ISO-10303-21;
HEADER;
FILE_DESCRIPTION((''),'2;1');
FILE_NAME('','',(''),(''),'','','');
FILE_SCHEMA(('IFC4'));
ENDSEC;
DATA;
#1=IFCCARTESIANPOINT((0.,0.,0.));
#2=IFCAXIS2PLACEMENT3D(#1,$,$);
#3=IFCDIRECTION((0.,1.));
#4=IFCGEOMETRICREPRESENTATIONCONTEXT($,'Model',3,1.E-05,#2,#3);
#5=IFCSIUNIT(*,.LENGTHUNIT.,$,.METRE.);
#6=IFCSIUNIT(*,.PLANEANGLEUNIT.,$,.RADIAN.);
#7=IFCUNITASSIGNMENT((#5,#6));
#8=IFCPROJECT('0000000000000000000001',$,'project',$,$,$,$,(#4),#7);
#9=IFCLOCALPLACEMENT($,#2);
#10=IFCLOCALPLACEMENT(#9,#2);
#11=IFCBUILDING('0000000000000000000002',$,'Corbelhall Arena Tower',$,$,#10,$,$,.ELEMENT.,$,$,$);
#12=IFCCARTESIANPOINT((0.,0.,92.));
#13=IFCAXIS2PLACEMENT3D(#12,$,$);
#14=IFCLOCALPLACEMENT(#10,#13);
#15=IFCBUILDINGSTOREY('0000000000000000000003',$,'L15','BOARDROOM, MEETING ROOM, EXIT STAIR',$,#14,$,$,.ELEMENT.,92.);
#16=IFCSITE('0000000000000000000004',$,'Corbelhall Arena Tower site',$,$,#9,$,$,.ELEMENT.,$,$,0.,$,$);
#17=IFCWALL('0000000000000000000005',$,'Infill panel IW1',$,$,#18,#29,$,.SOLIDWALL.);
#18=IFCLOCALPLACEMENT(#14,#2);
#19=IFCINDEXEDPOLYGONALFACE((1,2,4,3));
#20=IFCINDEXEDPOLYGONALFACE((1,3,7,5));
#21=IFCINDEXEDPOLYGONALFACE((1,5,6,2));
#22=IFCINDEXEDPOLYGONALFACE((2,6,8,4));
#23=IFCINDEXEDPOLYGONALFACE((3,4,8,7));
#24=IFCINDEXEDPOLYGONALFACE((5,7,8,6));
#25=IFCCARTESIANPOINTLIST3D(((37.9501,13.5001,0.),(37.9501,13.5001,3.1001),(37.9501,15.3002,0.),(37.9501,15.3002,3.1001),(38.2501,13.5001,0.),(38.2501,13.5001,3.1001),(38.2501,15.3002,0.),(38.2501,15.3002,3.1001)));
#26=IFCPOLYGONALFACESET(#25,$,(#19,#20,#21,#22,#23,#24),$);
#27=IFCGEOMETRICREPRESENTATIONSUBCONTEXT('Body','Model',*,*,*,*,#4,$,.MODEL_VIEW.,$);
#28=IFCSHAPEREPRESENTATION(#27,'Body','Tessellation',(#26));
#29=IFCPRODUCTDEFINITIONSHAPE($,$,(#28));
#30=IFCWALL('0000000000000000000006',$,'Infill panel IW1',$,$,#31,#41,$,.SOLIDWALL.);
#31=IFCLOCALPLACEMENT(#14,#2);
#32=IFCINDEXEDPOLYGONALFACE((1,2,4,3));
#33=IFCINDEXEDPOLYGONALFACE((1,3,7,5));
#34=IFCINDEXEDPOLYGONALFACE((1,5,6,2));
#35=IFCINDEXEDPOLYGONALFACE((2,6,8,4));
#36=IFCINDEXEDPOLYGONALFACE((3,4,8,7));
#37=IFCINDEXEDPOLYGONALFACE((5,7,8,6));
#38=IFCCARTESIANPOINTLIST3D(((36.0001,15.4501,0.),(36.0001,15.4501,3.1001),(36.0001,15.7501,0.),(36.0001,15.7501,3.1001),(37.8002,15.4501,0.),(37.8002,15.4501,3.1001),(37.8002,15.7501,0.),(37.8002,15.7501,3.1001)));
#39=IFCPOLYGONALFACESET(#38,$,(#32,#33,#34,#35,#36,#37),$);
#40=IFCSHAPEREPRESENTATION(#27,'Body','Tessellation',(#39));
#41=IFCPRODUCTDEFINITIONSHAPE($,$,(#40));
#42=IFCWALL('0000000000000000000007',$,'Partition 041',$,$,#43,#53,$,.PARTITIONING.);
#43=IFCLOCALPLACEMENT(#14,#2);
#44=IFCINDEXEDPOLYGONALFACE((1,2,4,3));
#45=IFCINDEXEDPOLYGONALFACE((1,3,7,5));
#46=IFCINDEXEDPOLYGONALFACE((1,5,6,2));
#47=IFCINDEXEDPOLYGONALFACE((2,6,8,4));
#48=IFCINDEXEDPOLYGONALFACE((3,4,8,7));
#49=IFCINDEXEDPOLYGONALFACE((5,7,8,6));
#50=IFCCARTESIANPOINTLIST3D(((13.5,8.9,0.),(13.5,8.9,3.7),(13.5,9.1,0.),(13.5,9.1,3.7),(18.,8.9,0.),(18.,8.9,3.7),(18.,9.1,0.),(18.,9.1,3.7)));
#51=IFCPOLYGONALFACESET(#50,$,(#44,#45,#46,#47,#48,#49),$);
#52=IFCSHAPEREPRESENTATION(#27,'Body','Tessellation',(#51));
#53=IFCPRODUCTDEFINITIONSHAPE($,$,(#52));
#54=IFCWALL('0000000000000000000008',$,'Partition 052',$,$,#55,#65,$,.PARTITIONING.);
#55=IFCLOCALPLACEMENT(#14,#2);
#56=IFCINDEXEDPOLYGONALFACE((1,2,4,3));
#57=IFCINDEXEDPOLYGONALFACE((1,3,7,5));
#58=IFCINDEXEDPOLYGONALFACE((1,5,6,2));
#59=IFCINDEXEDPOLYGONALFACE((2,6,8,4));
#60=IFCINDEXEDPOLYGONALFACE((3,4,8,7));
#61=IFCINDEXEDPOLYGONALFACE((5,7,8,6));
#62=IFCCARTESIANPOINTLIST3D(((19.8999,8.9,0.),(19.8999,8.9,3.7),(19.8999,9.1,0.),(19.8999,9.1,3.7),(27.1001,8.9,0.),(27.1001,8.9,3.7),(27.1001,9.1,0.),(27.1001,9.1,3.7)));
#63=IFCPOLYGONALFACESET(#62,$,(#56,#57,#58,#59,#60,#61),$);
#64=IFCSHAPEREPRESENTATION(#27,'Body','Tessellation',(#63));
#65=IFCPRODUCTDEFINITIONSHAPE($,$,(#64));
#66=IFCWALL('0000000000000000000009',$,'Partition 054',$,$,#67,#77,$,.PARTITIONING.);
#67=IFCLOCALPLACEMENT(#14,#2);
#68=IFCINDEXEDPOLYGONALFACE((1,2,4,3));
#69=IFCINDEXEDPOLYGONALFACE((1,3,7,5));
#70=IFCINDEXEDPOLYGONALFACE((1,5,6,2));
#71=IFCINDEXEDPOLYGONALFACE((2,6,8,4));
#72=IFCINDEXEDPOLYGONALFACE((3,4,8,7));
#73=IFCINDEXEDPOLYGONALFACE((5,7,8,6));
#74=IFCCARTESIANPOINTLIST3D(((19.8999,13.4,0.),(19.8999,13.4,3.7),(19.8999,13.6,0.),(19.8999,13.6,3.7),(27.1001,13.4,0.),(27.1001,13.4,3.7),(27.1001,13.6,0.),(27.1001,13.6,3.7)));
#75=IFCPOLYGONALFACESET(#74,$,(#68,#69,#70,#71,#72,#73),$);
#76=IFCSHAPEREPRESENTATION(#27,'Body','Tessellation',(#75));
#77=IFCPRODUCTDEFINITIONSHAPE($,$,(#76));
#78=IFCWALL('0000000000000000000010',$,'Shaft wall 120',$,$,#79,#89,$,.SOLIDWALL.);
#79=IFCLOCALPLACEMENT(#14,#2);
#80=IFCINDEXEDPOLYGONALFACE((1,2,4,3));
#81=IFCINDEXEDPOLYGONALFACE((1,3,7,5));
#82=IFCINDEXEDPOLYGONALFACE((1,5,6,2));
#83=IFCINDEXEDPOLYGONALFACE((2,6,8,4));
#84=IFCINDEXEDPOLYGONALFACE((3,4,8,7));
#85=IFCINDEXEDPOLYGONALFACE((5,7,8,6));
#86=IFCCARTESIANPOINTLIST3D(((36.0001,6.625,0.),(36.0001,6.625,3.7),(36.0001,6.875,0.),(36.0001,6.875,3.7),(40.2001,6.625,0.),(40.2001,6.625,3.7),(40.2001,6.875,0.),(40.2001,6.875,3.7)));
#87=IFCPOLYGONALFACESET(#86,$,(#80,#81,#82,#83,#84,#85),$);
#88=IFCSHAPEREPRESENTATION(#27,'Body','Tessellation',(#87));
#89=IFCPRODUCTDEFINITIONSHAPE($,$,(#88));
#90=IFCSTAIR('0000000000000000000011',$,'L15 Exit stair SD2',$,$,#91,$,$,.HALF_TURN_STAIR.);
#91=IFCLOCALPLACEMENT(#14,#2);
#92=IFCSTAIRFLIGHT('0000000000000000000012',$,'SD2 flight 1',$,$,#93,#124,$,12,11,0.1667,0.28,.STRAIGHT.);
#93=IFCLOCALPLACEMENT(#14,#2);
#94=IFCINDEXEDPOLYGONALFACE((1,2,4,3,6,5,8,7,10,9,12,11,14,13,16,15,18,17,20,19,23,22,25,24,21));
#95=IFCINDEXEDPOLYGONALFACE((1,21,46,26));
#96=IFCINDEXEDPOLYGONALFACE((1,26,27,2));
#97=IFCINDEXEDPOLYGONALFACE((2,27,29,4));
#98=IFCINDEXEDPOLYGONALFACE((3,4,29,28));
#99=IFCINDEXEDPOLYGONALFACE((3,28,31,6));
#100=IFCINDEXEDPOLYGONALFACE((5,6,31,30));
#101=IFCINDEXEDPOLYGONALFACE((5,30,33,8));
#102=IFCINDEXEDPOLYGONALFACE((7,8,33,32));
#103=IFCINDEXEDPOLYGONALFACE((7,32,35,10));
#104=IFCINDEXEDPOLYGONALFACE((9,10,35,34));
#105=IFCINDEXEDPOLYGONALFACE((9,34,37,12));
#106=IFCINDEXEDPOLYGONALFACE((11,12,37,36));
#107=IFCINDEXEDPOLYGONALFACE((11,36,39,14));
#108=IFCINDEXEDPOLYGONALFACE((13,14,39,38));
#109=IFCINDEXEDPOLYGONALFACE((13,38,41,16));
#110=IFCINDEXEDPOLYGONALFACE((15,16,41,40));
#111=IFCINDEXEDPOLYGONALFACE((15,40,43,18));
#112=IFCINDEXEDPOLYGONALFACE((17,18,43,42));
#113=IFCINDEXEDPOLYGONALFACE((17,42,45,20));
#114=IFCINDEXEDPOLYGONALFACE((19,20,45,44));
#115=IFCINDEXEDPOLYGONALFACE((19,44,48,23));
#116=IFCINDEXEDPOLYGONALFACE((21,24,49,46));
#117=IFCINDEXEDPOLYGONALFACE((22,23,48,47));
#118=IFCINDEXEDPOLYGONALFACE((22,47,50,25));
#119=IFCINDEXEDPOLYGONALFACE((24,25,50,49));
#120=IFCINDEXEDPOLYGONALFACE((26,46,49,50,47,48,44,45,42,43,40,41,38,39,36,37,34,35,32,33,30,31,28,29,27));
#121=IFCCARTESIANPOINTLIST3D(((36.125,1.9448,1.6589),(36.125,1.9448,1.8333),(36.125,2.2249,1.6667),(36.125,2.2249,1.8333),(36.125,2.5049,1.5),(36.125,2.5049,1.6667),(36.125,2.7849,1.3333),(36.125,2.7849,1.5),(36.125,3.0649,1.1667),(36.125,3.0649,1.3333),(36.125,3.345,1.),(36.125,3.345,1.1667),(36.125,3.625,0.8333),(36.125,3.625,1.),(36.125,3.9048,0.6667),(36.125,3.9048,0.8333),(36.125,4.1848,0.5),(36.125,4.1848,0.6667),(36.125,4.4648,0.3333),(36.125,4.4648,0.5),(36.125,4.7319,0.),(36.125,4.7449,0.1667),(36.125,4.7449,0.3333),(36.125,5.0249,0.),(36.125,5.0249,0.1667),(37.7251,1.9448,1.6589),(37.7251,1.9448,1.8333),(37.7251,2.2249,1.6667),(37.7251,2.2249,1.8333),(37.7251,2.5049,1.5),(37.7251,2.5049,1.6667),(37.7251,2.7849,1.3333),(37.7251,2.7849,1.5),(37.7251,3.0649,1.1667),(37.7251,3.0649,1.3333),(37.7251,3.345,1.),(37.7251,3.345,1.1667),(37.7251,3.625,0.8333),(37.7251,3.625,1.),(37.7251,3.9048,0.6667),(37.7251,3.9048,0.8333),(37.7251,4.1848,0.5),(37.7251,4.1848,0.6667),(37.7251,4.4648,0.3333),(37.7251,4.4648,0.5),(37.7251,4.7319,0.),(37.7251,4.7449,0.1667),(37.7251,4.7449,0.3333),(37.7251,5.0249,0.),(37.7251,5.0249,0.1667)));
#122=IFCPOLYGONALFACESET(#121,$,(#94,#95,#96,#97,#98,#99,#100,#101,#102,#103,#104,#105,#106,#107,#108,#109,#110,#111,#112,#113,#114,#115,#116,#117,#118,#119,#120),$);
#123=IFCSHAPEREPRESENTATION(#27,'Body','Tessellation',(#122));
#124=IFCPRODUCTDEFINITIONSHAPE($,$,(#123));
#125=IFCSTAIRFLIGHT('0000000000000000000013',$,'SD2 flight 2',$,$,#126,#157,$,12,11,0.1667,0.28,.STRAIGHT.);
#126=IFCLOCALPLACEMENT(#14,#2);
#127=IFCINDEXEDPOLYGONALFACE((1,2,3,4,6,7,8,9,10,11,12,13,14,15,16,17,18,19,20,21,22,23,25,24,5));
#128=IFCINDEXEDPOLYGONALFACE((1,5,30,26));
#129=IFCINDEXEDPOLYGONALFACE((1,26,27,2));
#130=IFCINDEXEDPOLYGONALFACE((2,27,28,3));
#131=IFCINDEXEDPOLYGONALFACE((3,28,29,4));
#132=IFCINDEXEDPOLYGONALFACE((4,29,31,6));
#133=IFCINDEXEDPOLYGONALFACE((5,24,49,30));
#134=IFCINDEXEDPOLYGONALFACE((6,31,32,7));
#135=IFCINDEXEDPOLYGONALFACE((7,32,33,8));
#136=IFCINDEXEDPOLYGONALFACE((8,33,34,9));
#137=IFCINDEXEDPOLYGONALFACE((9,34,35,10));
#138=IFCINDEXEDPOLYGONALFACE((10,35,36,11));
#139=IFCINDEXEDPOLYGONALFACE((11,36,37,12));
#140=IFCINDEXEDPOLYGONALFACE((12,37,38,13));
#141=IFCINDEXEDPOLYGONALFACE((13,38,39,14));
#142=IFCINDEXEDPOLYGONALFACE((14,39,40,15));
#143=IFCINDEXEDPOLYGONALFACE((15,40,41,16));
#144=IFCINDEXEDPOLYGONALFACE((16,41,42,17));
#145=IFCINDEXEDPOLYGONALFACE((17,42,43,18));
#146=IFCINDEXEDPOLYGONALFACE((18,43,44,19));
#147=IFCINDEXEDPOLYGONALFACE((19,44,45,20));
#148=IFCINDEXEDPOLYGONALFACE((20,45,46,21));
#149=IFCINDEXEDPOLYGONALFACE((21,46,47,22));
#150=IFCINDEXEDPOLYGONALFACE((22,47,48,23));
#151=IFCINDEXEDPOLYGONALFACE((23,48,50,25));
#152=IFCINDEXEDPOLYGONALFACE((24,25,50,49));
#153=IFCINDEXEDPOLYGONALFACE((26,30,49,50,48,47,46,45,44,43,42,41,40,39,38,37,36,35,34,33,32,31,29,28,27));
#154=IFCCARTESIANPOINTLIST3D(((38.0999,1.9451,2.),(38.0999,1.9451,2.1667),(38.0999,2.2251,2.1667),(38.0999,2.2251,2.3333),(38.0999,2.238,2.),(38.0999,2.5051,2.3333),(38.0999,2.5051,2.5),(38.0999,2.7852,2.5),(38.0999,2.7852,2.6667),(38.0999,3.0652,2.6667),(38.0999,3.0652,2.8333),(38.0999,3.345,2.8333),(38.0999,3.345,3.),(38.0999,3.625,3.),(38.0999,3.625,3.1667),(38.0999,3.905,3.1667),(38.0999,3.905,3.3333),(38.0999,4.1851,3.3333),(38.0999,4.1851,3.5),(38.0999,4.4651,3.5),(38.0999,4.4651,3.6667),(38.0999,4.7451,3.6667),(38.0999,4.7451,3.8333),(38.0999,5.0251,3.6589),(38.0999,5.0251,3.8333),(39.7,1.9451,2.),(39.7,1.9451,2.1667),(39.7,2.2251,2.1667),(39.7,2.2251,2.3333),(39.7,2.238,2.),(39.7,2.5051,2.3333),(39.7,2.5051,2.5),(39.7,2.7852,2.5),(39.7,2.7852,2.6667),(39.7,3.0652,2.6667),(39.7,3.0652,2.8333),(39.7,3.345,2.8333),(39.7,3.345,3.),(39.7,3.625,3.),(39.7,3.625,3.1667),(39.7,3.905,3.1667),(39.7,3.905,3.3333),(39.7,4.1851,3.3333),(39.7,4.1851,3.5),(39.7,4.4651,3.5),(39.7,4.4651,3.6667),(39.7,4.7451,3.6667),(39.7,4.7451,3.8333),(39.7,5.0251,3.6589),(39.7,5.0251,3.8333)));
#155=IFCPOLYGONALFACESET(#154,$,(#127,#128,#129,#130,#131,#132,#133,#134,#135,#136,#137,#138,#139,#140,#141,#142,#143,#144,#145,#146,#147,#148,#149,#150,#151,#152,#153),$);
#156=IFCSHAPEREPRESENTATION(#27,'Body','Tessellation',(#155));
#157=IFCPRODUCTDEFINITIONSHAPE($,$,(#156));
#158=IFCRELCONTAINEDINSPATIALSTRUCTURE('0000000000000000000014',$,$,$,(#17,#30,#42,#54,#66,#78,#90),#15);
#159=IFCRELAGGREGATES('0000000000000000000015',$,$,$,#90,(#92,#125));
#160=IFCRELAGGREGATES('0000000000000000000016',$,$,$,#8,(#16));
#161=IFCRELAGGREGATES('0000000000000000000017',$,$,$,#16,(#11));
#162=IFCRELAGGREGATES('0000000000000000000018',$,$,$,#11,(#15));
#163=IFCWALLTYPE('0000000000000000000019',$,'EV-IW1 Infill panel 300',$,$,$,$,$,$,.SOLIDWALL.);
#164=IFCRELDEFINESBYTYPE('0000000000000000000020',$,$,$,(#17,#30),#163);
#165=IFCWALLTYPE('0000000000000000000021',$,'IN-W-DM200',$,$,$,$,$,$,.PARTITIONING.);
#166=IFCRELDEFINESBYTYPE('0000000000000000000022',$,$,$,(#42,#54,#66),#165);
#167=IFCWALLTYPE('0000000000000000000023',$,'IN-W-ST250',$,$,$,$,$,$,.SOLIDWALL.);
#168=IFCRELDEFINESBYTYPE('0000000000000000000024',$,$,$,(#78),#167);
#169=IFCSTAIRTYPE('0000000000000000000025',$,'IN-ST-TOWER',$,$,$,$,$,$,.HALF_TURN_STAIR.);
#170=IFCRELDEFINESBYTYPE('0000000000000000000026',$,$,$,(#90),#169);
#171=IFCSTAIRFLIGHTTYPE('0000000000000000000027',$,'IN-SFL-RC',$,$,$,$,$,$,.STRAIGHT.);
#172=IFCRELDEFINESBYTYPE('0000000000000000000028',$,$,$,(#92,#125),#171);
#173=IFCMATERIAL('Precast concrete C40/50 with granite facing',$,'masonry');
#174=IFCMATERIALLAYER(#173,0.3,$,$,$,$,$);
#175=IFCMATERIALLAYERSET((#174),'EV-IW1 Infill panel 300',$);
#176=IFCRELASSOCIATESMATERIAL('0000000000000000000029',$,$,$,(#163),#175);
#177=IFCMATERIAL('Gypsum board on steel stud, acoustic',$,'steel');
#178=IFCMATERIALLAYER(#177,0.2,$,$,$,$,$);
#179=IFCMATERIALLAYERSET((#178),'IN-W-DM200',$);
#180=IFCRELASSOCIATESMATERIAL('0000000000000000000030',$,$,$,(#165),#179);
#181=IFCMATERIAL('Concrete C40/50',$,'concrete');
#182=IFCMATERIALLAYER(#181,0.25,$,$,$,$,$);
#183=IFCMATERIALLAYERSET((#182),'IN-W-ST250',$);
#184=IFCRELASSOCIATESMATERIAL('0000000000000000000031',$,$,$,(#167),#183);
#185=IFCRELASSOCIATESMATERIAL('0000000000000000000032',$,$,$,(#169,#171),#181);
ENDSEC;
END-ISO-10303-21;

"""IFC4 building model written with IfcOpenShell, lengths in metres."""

from ifc_helpers import new_model, si_unit, direction, frame, frame_2d, origin, place, context, subcontext, project, spatial, polyline, rectangle, outline, extrude, material, layer, layer_set, type_object, element, aggregate, save


model = new_model("IFC4")

# Units and contexts
model_context = context("Model", 3, precision=1e-05, world=origin(), true_north=direction((0.0, 1.0)))
body_context = subcontext(model_context, "Body", "Model", "MODEL_VIEW")
ifc_project = project(units=[si_unit("LENGTHUNIT", "METRE"), si_unit("PLANEANGLEUNIT", "RADIAN")], contexts=[model_context])

# Site, building, storey
site_placement = place(None, origin())
site = spatial("IfcSite", under=ifc_project, at=site_placement, Name="Corbelhall Arena Tower site", CompositionType="ELEMENT", RefElevation=0.0)
building_placement = place(site_placement, origin())
building = spatial("IfcBuilding", under=site, at=building_placement, Name="Corbelhall Arena Tower", CompositionType="ELEMENT")
storey_placement = place(building_placement, frame((0.0, 0.0, 92.0)))
storey = spatial("IfcBuildingStorey", under=building, at=storey_placement, Name="L15", Description="BOARDROOM, MEETING ROOM, EXIT STAIR", CompositionType="ELEMENT", Elevation=92.0)

# Walls
ifc_material_1 = material(Name="Precast concrete C40/50 with granite facing", Category="masonry")
ifc_layer_1 = layer(ifc_material_1, 0.3)
ifc_layer_set_1 = layer_set([ifc_layer_1], Name="EV-IW1 Infill panel 300")
wall_type_1 = type_object("IfcWallType", Name="EV-IW1 Infill panel 300", PredefinedType="SOLIDWALL", material=ifc_layer_set_1)
for number, where, z_axis, x_axis, name in (
    (1, (38.1001, 15.3, 0.0), (0.0, 0.0, 1.0), (0.0, -1.0, 0.0), "Infill panel IW1"),
    (2, (37.8, 15.6001, 0.0), (0.0, 0.0, 1.0), (-1.0, 0.0, 0.0), "Infill panel IW1"),
):
    element("IfcWall", number, at=place(storey_placement, frame(where, z_axis=z_axis, x_axis=x_axis)), inside=storey, type_object=wall_type_1, Name=name, PredefinedType="SOLIDWALL", context=body_context, shape_type="SweptSolid", body=[
        extrude(rectangle(XDim=1.8, YDim=0.3, at=frame_2d((0.8999, 0.0))), origin(), (0.0, 0.0, 1.0), 3.1001),
    ])

# Wall
ifc_material_2 = material(Name="Gypsum board on steel stud, acoustic", Category="steel")
ifc_layer_2 = layer(ifc_material_2, 0.2)
ifc_layer_set_2 = layer_set([ifc_layer_2], Name="IN-W-DM200")
wall_type_2 = type_object("IfcWallType", Name="IN-W-DM200", PredefinedType="PARTITIONING", material=ifc_layer_set_2)
wall_1_placement = place(storey_placement, frame((18.0, 9.0, 0.0), z_axis=(0.0, 0.0, 1.0), x_axis=(-1.0, 0.0, 0.0)))
element("IfcWall", 3, at=wall_1_placement, inside=storey, type_object=wall_type_2, Name="Partition 041", PredefinedType="PARTITIONING", context=body_context, shape_type="SweptSolid", body=[
    extrude(rectangle(XDim=4.5, YDim=0.2, at=frame_2d((2.25, 0.0))), origin(), (0.0, 0.0, 1.0), 3.7),
])

# Walls
for number, where, z_axis, x_axis, name in (
    (4, (19.8999, 9.0, 0.0), (0.0, 0.0, 1.0), (1.0, 0.0, 0.0), "Partition 052"),
    (5, (19.8999, 13.5, 0.0), (0.0, 0.0, 1.0), (1.0, 0.0, 0.0), "Partition 054"),
):
    element("IfcWall", number, at=place(storey_placement, frame(where, z_axis=z_axis, x_axis=x_axis)), inside=storey, type_object=wall_type_2, Name=name, PredefinedType="PARTITIONING", context=body_context, shape_type="SweptSolid", body=[
        extrude(rectangle(XDim=7.2002, YDim=0.2, at=frame_2d((3.6001, 0.0))), origin(), (0.0, 0.0, 1.0), 3.7),
    ])

# Wall
ifc_material_3 = material(Name="Concrete C40/50", Category="concrete")
ifc_layer_3 = layer(ifc_material_3, 0.25)
ifc_layer_set_3 = layer_set([ifc_layer_3], Name="IN-W-ST250")
wall_type_3 = type_object("IfcWallType", Name="IN-W-ST250", PredefinedType="SOLIDWALL", material=ifc_layer_set_3)
wall_2_placement = place(storey_placement, frame((36.0, 6.75, 0.0), z_axis=(0.0, 0.0, 1.0), x_axis=(1.0, 0.0, 0.0)))
element("IfcWall", 6, at=wall_2_placement, inside=storey, type_object=wall_type_3, Name="Shaft wall 120", PredefinedType="SOLIDWALL", context=body_context, shape_type="SweptSolid", body=[
    extrude(rectangle(XDim=4.2, YDim=0.25, at=frame_2d((2.1001, 0.0))), origin(), (0.0, 0.0, 1.0), 3.7),
])

# Stair, stair flights
stair_type = type_object("IfcStairType", Name="IN-ST-TOWER", PredefinedType="HALF_TURN_STAIR", material=ifc_material_3)
stair_placement = place(storey_placement, origin())
stair = element("IfcStair", 7, at=stair_placement, inside=storey, type_object=stair_type, Name="L15 Exit stair SD2", PredefinedType="HALF_TURN_STAIR")
stair_flight_type = type_object("IfcStairFlightType", Name="IN-SFL-RC", PredefinedType="STRAIGHT", material=ifc_material_3)
stair_flight_1_placement = place(storey_placement, frame((36.925, 5.0249, 0.0), z_axis=(0.0, 0.0, 1.0), x_axis=(0.0, -1.0, 0.0)))
stair_flight_1 = element("IfcStairFlight", 8, at=stair_flight_1_placement, type_object=stair_flight_type, Name="SD2 flight 1", NumberOfRisers=12, NumberOfTreads=11, PredefinedType="STRAIGHT", RiserHeight=0.1667, TreadLength=0.28, context=body_context, shape_type="SweptSolid", body=[
    extrude(outline(polyline([(0.0, 0.0), (0.0, 0.1667), (0.28, 0.1667), (0.28, 0.3333), (0.5601, 0.3333), (0.5601, 0.5), (0.8401, 0.5), (0.8401, 0.6667), (1.1201, 0.6667), (1.1201, 0.8333), (1.3999, 0.8333), (1.3999, 1.0), (1.6799, 1.0), (1.6799, 1.1667), (1.96, 1.1667), (1.96, 1.3333), (2.24, 1.3333), (2.24, 1.5), (2.52, 1.5), (2.52, 1.6667), (2.8, 1.6667), (2.8, 1.8333), (3.0801, 1.8333), (3.0801, 2.0), (3.0801, 1.6589), (0.293, 0.0), (0.0, 0.0)])), frame((0.0, 0.8, 0.0), z_axis=(0.0, -1.0, 0.0), x_axis=(1.0, 0.0, 0.0)), (0.0, 0.0, 1.0), 1.6001),
])
stair_flight_2_placement = place(storey_placement, frame((38.8999, 1.9451, 2.0), z_axis=(0.0, 0.0, 1.0), x_axis=(0.0, 1.0, 0.0)))
stair_flight_2 = element("IfcStairFlight", 9, at=stair_flight_2_placement, type_object=stair_flight_type, Name="SD2 flight 2", NumberOfRisers=12, NumberOfTreads=11, PredefinedType="STRAIGHT", RiserHeight=0.1667, TreadLength=0.28, context=body_context, shape_type="SweptSolid", body=[
    extrude(outline(polyline([(0.0, 0.0), (0.0, 0.1667), (0.28, 0.1667), (0.28, 0.3333), (0.5601, 0.3333), (0.5601, 0.5), (0.8401, 0.5), (0.8401, 0.6667), (1.1201, 0.6667), (1.1201, 0.8333), (1.3999, 0.8333), (1.3999, 1.0), (1.6799, 1.0), (1.6799, 1.1667), (1.96, 1.1667), (1.96, 1.3333), (2.24, 1.3333), (2.24, 1.5), (2.52, 1.5), (2.52, 1.6667), (2.8, 1.6667), (2.8, 1.8333), (3.0801, 1.8333), (3.0801, 2.0), (3.0801, 1.6589), (0.293, 0.0), (0.0, 0.0)])), frame((0.0, 0.8, 0.0), z_axis=(0.0, -1.0, 0.0), x_axis=(1.0, 0.0, 0.0)), (0.0, 0.0, 1.0), 1.6001),
])
aggregate(stair, [stair_flight_1, stair_flight_2])

save(model, "model.ifc")
